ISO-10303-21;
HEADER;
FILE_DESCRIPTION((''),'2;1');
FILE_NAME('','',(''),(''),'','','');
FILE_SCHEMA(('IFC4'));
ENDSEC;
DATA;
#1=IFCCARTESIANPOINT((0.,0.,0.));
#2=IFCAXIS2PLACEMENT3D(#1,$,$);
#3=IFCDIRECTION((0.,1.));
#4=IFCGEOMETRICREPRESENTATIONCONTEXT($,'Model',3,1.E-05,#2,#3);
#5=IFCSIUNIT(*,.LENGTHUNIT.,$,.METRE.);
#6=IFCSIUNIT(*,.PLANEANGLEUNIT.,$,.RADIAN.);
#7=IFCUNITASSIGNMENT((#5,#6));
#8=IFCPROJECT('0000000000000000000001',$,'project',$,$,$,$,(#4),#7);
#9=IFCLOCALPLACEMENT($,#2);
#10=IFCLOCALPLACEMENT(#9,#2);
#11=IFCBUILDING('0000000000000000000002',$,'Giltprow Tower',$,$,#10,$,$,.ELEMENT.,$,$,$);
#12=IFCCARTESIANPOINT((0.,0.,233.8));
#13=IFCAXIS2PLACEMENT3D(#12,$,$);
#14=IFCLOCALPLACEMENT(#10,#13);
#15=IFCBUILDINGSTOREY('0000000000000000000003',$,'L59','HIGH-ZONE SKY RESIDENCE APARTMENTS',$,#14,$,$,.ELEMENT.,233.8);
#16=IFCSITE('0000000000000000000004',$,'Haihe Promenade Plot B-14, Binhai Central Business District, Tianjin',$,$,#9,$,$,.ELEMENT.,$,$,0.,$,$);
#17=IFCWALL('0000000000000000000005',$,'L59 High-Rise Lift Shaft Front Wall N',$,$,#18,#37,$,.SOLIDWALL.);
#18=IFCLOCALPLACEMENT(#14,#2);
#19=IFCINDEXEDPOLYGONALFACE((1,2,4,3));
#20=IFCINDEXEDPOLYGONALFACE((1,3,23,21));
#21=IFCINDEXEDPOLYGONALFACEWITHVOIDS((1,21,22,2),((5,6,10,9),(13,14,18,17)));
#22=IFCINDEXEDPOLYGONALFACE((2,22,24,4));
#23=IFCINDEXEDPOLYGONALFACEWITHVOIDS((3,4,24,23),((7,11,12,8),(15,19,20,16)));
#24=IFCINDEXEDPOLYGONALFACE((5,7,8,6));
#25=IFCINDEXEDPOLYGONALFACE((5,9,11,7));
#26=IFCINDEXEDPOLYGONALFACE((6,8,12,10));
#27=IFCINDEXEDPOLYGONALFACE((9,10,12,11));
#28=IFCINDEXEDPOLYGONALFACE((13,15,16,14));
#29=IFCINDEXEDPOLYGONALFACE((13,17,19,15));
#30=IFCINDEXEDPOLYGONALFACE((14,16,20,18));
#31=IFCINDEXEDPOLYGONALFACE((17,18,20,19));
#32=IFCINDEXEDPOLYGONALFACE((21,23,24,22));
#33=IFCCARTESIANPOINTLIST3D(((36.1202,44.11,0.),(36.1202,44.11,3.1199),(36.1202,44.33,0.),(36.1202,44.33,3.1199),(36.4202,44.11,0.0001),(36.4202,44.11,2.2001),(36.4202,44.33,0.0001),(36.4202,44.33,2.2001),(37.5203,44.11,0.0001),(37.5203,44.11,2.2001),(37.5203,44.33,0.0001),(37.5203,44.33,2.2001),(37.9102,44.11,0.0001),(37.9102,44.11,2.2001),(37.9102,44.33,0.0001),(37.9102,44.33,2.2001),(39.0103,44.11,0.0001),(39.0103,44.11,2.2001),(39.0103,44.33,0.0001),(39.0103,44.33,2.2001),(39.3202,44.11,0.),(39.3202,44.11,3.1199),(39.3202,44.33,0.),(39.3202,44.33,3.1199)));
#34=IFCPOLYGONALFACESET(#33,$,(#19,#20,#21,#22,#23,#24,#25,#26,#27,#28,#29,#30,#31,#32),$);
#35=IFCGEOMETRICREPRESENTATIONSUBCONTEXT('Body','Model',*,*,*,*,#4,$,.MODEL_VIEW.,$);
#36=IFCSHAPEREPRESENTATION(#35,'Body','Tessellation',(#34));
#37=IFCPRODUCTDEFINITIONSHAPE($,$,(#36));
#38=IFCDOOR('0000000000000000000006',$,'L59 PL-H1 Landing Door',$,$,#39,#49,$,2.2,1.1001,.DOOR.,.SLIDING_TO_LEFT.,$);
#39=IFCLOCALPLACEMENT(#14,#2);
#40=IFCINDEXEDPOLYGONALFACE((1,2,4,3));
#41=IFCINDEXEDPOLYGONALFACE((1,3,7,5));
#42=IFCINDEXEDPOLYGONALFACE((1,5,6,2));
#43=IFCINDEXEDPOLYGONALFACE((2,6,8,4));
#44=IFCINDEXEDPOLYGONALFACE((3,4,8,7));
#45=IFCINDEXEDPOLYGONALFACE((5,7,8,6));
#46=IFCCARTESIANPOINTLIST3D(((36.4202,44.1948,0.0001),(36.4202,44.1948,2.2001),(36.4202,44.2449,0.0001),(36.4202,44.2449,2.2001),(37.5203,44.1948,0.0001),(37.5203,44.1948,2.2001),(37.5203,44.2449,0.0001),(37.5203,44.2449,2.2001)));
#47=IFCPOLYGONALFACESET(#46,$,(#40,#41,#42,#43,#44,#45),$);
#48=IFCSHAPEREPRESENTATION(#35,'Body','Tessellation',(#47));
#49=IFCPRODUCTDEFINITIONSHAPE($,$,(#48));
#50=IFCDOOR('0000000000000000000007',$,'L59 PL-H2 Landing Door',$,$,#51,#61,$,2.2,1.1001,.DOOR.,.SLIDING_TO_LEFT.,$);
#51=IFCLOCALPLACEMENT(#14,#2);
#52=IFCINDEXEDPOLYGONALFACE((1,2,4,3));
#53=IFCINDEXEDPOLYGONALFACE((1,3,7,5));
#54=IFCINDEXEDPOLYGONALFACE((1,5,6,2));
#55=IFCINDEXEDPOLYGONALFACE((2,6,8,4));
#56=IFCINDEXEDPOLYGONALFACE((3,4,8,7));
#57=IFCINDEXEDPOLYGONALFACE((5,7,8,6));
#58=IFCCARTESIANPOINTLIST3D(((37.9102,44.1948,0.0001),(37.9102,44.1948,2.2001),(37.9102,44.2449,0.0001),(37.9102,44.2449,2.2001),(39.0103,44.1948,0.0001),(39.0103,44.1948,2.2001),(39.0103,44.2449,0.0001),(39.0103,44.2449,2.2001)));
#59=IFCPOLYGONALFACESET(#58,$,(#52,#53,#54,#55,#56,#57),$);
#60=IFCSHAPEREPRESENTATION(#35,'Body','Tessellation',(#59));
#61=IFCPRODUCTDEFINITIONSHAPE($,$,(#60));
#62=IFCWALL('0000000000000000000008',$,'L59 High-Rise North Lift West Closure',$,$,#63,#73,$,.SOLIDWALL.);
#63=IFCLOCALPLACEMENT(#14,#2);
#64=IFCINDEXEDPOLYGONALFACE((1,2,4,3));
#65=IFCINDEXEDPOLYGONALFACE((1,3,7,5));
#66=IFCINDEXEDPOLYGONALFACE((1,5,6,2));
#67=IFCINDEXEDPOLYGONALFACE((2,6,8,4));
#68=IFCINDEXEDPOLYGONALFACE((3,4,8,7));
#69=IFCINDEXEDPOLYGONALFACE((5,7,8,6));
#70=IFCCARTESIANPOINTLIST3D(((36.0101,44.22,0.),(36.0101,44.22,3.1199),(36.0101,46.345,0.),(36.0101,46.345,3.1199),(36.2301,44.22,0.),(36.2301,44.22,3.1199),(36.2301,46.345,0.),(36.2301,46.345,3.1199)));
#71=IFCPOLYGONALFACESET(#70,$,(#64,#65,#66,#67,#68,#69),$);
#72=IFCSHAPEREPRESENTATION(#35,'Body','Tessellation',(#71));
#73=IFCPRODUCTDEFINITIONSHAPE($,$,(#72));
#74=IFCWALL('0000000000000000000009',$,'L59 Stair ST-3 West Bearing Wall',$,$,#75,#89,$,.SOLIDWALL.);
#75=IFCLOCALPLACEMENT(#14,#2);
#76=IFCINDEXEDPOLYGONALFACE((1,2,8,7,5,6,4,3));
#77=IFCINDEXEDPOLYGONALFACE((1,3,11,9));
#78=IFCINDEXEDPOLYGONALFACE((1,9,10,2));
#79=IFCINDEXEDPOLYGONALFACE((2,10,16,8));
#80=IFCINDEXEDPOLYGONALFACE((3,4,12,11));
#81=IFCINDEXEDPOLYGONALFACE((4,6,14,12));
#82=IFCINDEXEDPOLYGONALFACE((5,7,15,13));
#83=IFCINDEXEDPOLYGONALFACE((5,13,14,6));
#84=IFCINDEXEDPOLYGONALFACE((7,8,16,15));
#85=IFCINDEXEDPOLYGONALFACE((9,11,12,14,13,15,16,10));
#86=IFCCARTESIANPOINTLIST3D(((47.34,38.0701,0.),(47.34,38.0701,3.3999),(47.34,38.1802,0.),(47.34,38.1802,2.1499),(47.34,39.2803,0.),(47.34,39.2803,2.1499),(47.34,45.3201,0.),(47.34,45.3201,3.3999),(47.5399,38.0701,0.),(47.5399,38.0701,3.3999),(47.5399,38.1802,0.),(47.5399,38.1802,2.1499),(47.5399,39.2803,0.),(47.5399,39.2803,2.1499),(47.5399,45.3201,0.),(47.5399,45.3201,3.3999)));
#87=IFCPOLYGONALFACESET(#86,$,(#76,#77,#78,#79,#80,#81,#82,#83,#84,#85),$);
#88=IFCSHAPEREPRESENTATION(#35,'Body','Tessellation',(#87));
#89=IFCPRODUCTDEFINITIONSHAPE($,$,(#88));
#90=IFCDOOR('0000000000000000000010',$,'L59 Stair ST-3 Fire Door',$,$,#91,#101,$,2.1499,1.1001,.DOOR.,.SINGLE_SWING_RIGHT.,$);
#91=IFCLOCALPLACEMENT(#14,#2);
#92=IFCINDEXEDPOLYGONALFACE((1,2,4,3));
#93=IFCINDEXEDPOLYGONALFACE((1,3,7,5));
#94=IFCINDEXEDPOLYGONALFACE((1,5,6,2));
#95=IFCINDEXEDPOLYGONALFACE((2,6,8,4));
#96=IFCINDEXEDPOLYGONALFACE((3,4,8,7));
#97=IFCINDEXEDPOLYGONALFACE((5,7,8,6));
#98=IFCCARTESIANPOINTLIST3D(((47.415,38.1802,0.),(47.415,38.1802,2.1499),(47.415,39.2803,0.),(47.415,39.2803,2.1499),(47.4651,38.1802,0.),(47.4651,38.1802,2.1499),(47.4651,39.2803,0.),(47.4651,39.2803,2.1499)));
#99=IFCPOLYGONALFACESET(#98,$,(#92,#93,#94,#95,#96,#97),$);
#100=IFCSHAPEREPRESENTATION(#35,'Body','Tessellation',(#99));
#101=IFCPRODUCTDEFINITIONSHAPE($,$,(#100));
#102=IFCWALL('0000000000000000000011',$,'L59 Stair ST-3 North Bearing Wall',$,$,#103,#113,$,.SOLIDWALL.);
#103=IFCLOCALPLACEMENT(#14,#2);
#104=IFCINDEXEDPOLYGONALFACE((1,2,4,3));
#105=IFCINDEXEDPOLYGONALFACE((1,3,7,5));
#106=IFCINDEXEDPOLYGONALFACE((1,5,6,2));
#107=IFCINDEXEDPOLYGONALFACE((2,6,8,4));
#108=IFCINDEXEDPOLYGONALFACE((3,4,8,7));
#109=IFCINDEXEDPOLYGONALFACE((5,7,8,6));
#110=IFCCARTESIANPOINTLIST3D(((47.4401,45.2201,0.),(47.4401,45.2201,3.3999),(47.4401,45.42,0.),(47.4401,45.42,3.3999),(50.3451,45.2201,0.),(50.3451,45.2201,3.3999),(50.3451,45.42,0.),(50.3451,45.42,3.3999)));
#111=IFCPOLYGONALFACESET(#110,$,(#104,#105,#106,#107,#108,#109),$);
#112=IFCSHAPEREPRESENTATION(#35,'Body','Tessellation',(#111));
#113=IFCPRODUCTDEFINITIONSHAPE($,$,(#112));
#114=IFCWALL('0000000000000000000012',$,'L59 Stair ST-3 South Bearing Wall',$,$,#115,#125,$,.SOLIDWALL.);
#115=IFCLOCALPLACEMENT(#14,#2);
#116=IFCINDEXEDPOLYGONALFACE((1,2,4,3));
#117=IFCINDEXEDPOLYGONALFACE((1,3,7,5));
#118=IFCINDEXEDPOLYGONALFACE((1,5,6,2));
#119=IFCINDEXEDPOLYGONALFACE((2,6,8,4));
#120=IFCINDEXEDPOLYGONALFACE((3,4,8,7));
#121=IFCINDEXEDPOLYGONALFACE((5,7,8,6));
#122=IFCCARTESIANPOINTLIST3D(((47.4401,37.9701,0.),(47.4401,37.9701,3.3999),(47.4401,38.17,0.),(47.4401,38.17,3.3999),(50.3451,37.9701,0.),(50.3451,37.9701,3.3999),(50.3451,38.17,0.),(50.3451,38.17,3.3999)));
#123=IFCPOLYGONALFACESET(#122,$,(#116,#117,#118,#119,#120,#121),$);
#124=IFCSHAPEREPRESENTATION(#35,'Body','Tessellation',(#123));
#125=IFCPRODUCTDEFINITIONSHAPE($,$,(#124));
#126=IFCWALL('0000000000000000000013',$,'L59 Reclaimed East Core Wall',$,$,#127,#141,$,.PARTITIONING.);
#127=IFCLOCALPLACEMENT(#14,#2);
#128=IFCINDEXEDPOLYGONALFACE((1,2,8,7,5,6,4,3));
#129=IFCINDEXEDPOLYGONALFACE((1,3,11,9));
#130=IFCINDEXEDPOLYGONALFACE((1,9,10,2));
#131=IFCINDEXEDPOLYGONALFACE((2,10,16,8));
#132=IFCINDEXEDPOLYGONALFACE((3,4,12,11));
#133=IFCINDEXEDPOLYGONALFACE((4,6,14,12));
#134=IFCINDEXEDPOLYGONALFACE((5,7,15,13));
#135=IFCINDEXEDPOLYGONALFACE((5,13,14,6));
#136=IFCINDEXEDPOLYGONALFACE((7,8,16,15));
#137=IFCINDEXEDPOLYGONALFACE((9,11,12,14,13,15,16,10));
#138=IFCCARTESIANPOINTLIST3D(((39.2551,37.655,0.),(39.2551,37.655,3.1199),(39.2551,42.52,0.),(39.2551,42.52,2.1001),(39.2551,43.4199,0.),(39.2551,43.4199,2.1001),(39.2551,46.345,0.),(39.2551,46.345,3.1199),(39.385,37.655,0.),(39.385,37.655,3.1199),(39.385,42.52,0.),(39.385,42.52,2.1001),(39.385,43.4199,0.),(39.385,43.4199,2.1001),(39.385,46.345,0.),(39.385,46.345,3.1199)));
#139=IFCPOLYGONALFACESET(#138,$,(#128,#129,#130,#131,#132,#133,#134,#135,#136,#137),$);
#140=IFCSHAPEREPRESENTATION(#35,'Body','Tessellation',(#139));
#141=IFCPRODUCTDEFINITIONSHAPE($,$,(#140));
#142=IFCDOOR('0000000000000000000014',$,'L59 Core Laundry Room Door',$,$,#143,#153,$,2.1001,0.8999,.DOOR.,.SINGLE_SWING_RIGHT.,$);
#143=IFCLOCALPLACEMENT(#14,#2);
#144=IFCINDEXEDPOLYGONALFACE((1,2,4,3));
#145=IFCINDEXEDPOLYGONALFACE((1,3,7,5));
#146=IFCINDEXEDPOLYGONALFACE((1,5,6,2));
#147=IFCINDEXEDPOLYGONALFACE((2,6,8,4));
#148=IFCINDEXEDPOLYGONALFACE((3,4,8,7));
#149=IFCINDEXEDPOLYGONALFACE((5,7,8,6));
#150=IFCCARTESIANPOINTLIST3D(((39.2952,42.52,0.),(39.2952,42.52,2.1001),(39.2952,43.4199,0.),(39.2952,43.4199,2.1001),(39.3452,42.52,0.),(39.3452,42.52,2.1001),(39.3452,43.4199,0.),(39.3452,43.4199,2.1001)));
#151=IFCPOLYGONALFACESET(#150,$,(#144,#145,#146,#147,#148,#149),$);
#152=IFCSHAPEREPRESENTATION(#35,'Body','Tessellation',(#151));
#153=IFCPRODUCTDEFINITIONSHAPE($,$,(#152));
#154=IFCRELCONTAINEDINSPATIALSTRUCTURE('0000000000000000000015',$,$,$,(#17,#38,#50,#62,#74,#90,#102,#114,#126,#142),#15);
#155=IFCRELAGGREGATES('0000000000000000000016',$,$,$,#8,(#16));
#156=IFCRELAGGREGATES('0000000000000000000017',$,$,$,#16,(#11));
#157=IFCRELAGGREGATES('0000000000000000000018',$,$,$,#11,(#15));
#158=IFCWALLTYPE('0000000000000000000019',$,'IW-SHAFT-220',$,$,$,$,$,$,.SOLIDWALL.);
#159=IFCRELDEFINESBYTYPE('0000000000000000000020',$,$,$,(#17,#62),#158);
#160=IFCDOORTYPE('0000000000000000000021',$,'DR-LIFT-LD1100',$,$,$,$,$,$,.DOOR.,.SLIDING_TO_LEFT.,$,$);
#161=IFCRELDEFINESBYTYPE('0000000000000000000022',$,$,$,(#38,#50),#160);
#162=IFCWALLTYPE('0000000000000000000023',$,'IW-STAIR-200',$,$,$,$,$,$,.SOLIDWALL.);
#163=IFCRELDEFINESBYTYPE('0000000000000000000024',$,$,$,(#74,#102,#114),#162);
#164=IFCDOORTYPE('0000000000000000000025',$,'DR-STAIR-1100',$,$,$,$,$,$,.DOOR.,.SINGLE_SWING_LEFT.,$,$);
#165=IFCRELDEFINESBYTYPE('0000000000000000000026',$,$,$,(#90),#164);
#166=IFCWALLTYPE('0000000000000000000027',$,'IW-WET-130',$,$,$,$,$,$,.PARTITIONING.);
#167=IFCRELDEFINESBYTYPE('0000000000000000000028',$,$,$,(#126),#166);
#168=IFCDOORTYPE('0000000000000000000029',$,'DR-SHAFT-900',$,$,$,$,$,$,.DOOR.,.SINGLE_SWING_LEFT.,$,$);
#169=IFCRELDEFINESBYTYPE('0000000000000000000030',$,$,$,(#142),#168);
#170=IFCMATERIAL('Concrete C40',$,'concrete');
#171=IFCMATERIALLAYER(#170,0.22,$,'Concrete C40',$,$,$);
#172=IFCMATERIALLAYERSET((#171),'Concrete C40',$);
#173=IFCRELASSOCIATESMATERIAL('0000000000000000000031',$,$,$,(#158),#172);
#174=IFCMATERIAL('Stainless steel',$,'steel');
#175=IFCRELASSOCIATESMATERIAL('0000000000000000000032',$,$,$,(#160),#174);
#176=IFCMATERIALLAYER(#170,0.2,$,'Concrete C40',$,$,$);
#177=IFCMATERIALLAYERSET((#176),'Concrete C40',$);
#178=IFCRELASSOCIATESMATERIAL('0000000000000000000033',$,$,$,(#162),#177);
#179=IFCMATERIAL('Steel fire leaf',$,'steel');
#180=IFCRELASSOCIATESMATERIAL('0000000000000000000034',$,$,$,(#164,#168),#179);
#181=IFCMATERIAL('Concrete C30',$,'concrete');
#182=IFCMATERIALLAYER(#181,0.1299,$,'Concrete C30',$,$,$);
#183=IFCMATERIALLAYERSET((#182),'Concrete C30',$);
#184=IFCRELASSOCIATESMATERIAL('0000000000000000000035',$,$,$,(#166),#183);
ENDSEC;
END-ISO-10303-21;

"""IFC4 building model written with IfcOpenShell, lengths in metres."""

from ifc_helpers import new_model, si_unit, direction, frame, frame_2d, origin, place, context, subcontext, project, spatial, rectangle, extrude, source, transform, mapped, material, layer, layer_set, type_object, element, fill, save


model = new_model("IFC4")

# Units and contexts
model_context = context("Model", 3, precision=1e-05, world=origin(), true_north=direction((0.0, 1.0)))
body_context = subcontext(model_context, "Body", "Model", "MODEL_VIEW")
ifc_project = project(units=[si_unit("LENGTHUNIT", "METRE"), si_unit("PLANEANGLEUNIT", "RADIAN")], contexts=[model_context])

# Site, building, storey
site_placement = place(None, origin())
site = spatial("IfcSite", under=ifc_project, at=site_placement, Name="Haihe Promenade Plot B-14, Binhai Central Business District, Tianjin", CompositionType="ELEMENT", RefElevation=0.0)
building_placement = place(site_placement, origin())
building = spatial("IfcBuilding", under=site, at=building_placement, Name="Giltprow Tower", CompositionType="ELEMENT")
storey_placement = place(building_placement, frame((0.0, 0.0, 233.8)))
storey = spatial("IfcBuildingStorey", under=building, at=storey_placement, Name="L59", Description="HIGH-ZONE SKY RESIDENCE APARTMENTS", CompositionType="ELEMENT", Elevation=233.8)

# Shared definitions
ifc_material_1 = material(Name="Concrete C40", Category="concrete")
ifc_layer_1 = layer(ifc_material_1, 0.22, Name="Concrete C40")
ifc_layer_set_1 = layer_set([ifc_layer_1], Name="Concrete C40")
wall_type_1 = type_object("IfcWallType", Name="IW-SHAFT-220", PredefinedType="SOLIDWALL", material=ifc_layer_set_1)
ifc_material_2 = material(Name="Stainless steel", Category="steel")
door_type_1 = type_object("IfcDoorType", Name="DR-LIFT-LD1100", OperationType="SLIDING_TO_LEFT", PredefinedType="DOOR", material=ifc_material_2)
shared_shape_1 = source(origin(), body_context, "Body", "SweptSolid", [
    extrude(rectangle(XDim=1.1001, YDim=2.2, at=frame_2d((0.55, 1.1001))), frame((0.0, 0.0249, 0.0), z_axis=(0.0, -1.0, 0.0), x_axis=(1.0, 0.0, 0.0)), (0.0, 0.0, 1.0), 0.05),
])

# Wall, openings, doors
wall_1_placement = place(storey_placement, frame((36.1201, 44.22, 0.0), z_axis=(0.0, 0.0, 1.0), x_axis=(1.0, 0.0, 0.0)))
wall_1 = element("IfcWall", 1, at=wall_1_placement, inside=storey, type_object=wall_type_1, Name="L59 High-Rise Lift Shaft Front Wall N", PredefinedType="SOLIDWALL", context=body_context, shape_type="SweptSolid", body=[
    extrude(rectangle(XDim=3.2, YDim=0.22, at=frame_2d((1.6001, 0.0))), origin(), (0.0, 0.0, 1.0), 3.1199),
])
opening_1_placement = place(wall_1_placement, frame((0.3, 0.0, 0.0)))
opening_1 = element("IfcOpeningElement", 2, at=opening_1_placement, cuts=wall_1, PredefinedType="OPENING", context=body_context, shape_type="SweptSolid", body=[
    extrude(rectangle(XDim=1.1001, YDim=2.2, at=frame_2d((0.55, 1.1001))), frame((0.0, 0.1199, 0.0), z_axis=(0.0, -1.0, 0.0), x_axis=(1.0, 0.0, 0.0)), (0.0, 0.0, 1.0), 0.24),
])
opening_2_placement = place(wall_1_placement, frame((1.79, 0.0, 0.0)))
opening_2 = element("IfcOpeningElement", 3, at=opening_2_placement, cuts=wall_1, PredefinedType="OPENING", context=body_context, shape_type="SweptSolid", body=[
    extrude(rectangle(XDim=1.1001, YDim=2.2, at=frame_2d((0.55, 1.1001))), frame((0.0, 0.1199, 0.0), z_axis=(0.0, -1.0, 0.0), x_axis=(1.0, 0.0, 0.0)), (0.0, 0.0, 1.0), 0.24),
])
door_1_placement = place(opening_1_placement, origin())
door_1 = element("IfcDoor", 4, at=door_1_placement, inside=storey, type_object=door_type_1, Name="L59 PL-H1 Landing Door", OperationType="SLIDING_TO_LEFT", OverallHeight=2.2, OverallWidth=1.1001, PredefinedType="DOOR", context=body_context, shape_type="MappedRepresentation", body=[
    mapped(shared_shape_1, transform((0.0, 0.0, 0.0), x_axis=(1.0, 0.0, 0.0), y_axis=(0.0, 1.0, 0.0), z_axis=(0.0, 0.0, 1.0), scale=1.0)),
])
fill(opening_1, door_1)
door_2_placement = place(opening_2_placement, origin())
door_2 = element("IfcDoor", 5, at=door_2_placement, inside=storey, type_object=door_type_1, Name="L59 PL-H2 Landing Door", OperationType="SLIDING_TO_LEFT", OverallHeight=2.2, OverallWidth=1.1001, PredefinedType="DOOR", context=body_context, shape_type="MappedRepresentation", body=[
    mapped(shared_shape_1, transform((0.0, 0.0, 0.0), x_axis=(1.0, 0.0, 0.0), y_axis=(0.0, 1.0, 0.0), z_axis=(0.0, 0.0, 1.0), scale=1.0)),
])
fill(opening_2, door_2)

# Wall
wall_2_placement = place(storey_placement, frame((36.1201, 44.22, 0.0), z_axis=(0.0, 0.0, 1.0), x_axis=(0.0, 1.0, 0.0)))
element("IfcWall", 6, at=wall_2_placement, inside=storey, type_object=wall_type_1, Name="L59 High-Rise North Lift West Closure", PredefinedType="SOLIDWALL", context=body_context, shape_type="SweptSolid", body=[
    extrude(rectangle(XDim=2.125, YDim=0.22, at=frame_2d((1.0625, 0.0))), origin(), (0.0, 0.0, 1.0), 3.1199),
])

# Wall, opening, door
ifc_layer_2 = layer(ifc_material_1, 0.2, Name="Concrete C40")
ifc_layer_set_2 = layer_set([ifc_layer_2], Name="Concrete C40")
wall_type_2 = type_object("IfcWallType", Name="IW-STAIR-200", PredefinedType="SOLIDWALL", material=ifc_layer_set_2)
wall_3_placement = place(storey_placement, frame((47.4399, 38.0701, 0.0), z_axis=(0.0, 0.0, 1.0), x_axis=(0.0, 1.0, 0.0)))
wall_3 = element("IfcWall", 7, at=wall_3_placement, inside=storey, type_object=wall_type_2, Name="L59 Stair ST-3 West Bearing Wall", PredefinedType="SOLIDWALL", context=body_context, shape_type="SweptSolid", body=[
    extrude(rectangle(XDim=7.25, YDim=0.2, at=frame_2d((3.625, 0.0))), origin(), (0.0, 0.0, 1.0), 3.3999),
])
opening_3_placement = place(wall_3_placement, frame((0.1101, 0.0, 0.0)))
opening_3 = element("IfcOpeningElement", 8, at=opening_3_placement, cuts=wall_3, PredefinedType="OPENING", context=body_context, shape_type="SweptSolid", body=[
    extrude(rectangle(XDim=1.1001, YDim=2.1499, at=frame_2d((0.55, 1.075))), frame((0.0, 0.1099, 0.0), z_axis=(0.0, -1.0, 0.0), x_axis=(1.0, 0.0, 0.0)), (0.0, 0.0, 1.0), 0.22),
])
ifc_material_3 = material(Name="Steel fire leaf", Category="steel")
door_type_2 = type_object("IfcDoorType", Name="DR-STAIR-1100", OperationType="SINGLE_SWING_LEFT", PredefinedType="DOOR", material=ifc_material_3)
shared_shape_2 = source(origin(), body_context, "Body", "SweptSolid", [
    extrude(rectangle(XDim=1.1001, YDim=2.1499, at=frame_2d((0.55, 1.075))), frame((0.0, 0.0249, 0.0), z_axis=(0.0, -1.0, 0.0), x_axis=(1.0, 0.0, 0.0)), (0.0, 0.0, 1.0), 0.05),
])
door_3_placement = place(opening_3_placement, origin())
door_3 = element("IfcDoor", 9, at=door_3_placement, inside=storey, type_object=door_type_2, Name="L59 Stair ST-3 Fire Door", OperationType="SINGLE_SWING_RIGHT", OverallHeight=2.1499, OverallWidth=1.1001, PredefinedType="DOOR", context=body_context, shape_type="MappedRepresentation", body=[
    mapped(shared_shape_2, transform((0.0, 0.0, 0.0), x_axis=(1.0, 0.0, 0.0), y_axis=(0.0, 1.0, 0.0), z_axis=(0.0, 0.0, 1.0), scale=1.0)),
])
fill(opening_3, door_3)

# Walls
for number, where, z_axis, x_axis, name in (
    (10, (47.4399, 45.3201, 0.0), (0.0, 0.0, 1.0), (1.0, 0.0, 0.0), "L59 Stair ST-3 North Bearing Wall"),
    (11, (47.4399, 38.0701, 0.0), (0.0, 0.0, 1.0), (1.0, 0.0, 0.0), "L59 Stair ST-3 South Bearing Wall"),
):
    element("IfcWall", number, at=place(storey_placement, frame(where, z_axis=z_axis, x_axis=x_axis)), inside=storey, type_object=wall_type_2, Name=name, PredefinedType="SOLIDWALL", context=body_context, shape_type="SweptSolid", body=[
        extrude(rectangle(XDim=2.905, YDim=0.2, at=frame_2d((1.4526, 0.0))), origin(), (0.0, 0.0, 1.0), 3.3999),
    ])

# Wall, opening, door
ifc_material_4 = material(Name="Concrete C30", Category="concrete")
ifc_layer_3 = layer(ifc_material_4, 0.1299, Name="Concrete C30")
ifc_layer_set_3 = layer_set([ifc_layer_3], Name="Concrete C30")
wall_type_3 = type_object("IfcWallType", Name="IW-WET-130", PredefinedType="PARTITIONING", material=ifc_layer_set_3)
wall_4_placement = place(storey_placement, frame((39.3201, 37.655, 0.0), z_axis=(0.0, 0.0, 1.0), x_axis=(0.0, 1.0, 0.0)))
wall_4 = element("IfcWall", 12, at=wall_4_placement, inside=storey, type_object=wall_type_3, Name="L59 Reclaimed East Core Wall", PredefinedType="PARTITIONING", context=body_context, shape_type="SweptSolid", body=[
    extrude(rectangle(XDim=8.6899, YDim=0.1299, at=frame_2d((4.345, 0.0))), origin(), (0.0, 0.0, 1.0), 3.1199),
])
opening_4_placement = place(wall_4_placement, frame((4.865, 0.0, 0.0)))
opening_4 = element("IfcOpeningElement", 13, at=opening_4_placement, cuts=wall_4, PredefinedType="OPENING", context=body_context, shape_type="SweptSolid", body=[
    extrude(rectangle(XDim=0.8999, YDim=2.1001, at=frame_2d((0.45, 1.05))), frame((0.0, 0.075, 0.0), z_axis=(0.0, -1.0, 0.0), x_axis=(1.0, 0.0, 0.0)), (0.0, 0.0, 1.0), 0.1499),
])
door_type_3 = type_object("IfcDoorType", Name="DR-SHAFT-900", OperationType="SINGLE_SWING_LEFT", PredefinedType="DOOR", material=ifc_material_3)
shared_shape_3 = source(origin(), body_context, "Body", "SweptSolid", [
    extrude(rectangle(XDim=0.8999, YDim=2.1001, at=frame_2d((0.45, 1.05))), frame((0.0, 0.0249, 0.0), z_axis=(0.0, -1.0, 0.0), x_axis=(1.0, 0.0, 0.0)), (0.0, 0.0, 1.0), 0.05),
])
door_4_placement = place(opening_4_placement, origin())
door_4 = element("IfcDoor", 14, at=door_4_placement, inside=storey, type_object=door_type_3, Name="L59 Core Laundry Room Door", OperationType="SINGLE_SWING_RIGHT", OverallHeight=2.1001, OverallWidth=0.8999, PredefinedType="DOOR", context=body_context, shape_type="MappedRepresentation", body=[
    mapped(shared_shape_3, transform((0.0, 0.0, 0.0), x_axis=(1.0, 0.0, 0.0), y_axis=(0.0, 1.0, 0.0), z_axis=(0.0, 0.0, 1.0), scale=1.0)),
])
fill(opening_4, door_4)

save(model, "model.ifc")
